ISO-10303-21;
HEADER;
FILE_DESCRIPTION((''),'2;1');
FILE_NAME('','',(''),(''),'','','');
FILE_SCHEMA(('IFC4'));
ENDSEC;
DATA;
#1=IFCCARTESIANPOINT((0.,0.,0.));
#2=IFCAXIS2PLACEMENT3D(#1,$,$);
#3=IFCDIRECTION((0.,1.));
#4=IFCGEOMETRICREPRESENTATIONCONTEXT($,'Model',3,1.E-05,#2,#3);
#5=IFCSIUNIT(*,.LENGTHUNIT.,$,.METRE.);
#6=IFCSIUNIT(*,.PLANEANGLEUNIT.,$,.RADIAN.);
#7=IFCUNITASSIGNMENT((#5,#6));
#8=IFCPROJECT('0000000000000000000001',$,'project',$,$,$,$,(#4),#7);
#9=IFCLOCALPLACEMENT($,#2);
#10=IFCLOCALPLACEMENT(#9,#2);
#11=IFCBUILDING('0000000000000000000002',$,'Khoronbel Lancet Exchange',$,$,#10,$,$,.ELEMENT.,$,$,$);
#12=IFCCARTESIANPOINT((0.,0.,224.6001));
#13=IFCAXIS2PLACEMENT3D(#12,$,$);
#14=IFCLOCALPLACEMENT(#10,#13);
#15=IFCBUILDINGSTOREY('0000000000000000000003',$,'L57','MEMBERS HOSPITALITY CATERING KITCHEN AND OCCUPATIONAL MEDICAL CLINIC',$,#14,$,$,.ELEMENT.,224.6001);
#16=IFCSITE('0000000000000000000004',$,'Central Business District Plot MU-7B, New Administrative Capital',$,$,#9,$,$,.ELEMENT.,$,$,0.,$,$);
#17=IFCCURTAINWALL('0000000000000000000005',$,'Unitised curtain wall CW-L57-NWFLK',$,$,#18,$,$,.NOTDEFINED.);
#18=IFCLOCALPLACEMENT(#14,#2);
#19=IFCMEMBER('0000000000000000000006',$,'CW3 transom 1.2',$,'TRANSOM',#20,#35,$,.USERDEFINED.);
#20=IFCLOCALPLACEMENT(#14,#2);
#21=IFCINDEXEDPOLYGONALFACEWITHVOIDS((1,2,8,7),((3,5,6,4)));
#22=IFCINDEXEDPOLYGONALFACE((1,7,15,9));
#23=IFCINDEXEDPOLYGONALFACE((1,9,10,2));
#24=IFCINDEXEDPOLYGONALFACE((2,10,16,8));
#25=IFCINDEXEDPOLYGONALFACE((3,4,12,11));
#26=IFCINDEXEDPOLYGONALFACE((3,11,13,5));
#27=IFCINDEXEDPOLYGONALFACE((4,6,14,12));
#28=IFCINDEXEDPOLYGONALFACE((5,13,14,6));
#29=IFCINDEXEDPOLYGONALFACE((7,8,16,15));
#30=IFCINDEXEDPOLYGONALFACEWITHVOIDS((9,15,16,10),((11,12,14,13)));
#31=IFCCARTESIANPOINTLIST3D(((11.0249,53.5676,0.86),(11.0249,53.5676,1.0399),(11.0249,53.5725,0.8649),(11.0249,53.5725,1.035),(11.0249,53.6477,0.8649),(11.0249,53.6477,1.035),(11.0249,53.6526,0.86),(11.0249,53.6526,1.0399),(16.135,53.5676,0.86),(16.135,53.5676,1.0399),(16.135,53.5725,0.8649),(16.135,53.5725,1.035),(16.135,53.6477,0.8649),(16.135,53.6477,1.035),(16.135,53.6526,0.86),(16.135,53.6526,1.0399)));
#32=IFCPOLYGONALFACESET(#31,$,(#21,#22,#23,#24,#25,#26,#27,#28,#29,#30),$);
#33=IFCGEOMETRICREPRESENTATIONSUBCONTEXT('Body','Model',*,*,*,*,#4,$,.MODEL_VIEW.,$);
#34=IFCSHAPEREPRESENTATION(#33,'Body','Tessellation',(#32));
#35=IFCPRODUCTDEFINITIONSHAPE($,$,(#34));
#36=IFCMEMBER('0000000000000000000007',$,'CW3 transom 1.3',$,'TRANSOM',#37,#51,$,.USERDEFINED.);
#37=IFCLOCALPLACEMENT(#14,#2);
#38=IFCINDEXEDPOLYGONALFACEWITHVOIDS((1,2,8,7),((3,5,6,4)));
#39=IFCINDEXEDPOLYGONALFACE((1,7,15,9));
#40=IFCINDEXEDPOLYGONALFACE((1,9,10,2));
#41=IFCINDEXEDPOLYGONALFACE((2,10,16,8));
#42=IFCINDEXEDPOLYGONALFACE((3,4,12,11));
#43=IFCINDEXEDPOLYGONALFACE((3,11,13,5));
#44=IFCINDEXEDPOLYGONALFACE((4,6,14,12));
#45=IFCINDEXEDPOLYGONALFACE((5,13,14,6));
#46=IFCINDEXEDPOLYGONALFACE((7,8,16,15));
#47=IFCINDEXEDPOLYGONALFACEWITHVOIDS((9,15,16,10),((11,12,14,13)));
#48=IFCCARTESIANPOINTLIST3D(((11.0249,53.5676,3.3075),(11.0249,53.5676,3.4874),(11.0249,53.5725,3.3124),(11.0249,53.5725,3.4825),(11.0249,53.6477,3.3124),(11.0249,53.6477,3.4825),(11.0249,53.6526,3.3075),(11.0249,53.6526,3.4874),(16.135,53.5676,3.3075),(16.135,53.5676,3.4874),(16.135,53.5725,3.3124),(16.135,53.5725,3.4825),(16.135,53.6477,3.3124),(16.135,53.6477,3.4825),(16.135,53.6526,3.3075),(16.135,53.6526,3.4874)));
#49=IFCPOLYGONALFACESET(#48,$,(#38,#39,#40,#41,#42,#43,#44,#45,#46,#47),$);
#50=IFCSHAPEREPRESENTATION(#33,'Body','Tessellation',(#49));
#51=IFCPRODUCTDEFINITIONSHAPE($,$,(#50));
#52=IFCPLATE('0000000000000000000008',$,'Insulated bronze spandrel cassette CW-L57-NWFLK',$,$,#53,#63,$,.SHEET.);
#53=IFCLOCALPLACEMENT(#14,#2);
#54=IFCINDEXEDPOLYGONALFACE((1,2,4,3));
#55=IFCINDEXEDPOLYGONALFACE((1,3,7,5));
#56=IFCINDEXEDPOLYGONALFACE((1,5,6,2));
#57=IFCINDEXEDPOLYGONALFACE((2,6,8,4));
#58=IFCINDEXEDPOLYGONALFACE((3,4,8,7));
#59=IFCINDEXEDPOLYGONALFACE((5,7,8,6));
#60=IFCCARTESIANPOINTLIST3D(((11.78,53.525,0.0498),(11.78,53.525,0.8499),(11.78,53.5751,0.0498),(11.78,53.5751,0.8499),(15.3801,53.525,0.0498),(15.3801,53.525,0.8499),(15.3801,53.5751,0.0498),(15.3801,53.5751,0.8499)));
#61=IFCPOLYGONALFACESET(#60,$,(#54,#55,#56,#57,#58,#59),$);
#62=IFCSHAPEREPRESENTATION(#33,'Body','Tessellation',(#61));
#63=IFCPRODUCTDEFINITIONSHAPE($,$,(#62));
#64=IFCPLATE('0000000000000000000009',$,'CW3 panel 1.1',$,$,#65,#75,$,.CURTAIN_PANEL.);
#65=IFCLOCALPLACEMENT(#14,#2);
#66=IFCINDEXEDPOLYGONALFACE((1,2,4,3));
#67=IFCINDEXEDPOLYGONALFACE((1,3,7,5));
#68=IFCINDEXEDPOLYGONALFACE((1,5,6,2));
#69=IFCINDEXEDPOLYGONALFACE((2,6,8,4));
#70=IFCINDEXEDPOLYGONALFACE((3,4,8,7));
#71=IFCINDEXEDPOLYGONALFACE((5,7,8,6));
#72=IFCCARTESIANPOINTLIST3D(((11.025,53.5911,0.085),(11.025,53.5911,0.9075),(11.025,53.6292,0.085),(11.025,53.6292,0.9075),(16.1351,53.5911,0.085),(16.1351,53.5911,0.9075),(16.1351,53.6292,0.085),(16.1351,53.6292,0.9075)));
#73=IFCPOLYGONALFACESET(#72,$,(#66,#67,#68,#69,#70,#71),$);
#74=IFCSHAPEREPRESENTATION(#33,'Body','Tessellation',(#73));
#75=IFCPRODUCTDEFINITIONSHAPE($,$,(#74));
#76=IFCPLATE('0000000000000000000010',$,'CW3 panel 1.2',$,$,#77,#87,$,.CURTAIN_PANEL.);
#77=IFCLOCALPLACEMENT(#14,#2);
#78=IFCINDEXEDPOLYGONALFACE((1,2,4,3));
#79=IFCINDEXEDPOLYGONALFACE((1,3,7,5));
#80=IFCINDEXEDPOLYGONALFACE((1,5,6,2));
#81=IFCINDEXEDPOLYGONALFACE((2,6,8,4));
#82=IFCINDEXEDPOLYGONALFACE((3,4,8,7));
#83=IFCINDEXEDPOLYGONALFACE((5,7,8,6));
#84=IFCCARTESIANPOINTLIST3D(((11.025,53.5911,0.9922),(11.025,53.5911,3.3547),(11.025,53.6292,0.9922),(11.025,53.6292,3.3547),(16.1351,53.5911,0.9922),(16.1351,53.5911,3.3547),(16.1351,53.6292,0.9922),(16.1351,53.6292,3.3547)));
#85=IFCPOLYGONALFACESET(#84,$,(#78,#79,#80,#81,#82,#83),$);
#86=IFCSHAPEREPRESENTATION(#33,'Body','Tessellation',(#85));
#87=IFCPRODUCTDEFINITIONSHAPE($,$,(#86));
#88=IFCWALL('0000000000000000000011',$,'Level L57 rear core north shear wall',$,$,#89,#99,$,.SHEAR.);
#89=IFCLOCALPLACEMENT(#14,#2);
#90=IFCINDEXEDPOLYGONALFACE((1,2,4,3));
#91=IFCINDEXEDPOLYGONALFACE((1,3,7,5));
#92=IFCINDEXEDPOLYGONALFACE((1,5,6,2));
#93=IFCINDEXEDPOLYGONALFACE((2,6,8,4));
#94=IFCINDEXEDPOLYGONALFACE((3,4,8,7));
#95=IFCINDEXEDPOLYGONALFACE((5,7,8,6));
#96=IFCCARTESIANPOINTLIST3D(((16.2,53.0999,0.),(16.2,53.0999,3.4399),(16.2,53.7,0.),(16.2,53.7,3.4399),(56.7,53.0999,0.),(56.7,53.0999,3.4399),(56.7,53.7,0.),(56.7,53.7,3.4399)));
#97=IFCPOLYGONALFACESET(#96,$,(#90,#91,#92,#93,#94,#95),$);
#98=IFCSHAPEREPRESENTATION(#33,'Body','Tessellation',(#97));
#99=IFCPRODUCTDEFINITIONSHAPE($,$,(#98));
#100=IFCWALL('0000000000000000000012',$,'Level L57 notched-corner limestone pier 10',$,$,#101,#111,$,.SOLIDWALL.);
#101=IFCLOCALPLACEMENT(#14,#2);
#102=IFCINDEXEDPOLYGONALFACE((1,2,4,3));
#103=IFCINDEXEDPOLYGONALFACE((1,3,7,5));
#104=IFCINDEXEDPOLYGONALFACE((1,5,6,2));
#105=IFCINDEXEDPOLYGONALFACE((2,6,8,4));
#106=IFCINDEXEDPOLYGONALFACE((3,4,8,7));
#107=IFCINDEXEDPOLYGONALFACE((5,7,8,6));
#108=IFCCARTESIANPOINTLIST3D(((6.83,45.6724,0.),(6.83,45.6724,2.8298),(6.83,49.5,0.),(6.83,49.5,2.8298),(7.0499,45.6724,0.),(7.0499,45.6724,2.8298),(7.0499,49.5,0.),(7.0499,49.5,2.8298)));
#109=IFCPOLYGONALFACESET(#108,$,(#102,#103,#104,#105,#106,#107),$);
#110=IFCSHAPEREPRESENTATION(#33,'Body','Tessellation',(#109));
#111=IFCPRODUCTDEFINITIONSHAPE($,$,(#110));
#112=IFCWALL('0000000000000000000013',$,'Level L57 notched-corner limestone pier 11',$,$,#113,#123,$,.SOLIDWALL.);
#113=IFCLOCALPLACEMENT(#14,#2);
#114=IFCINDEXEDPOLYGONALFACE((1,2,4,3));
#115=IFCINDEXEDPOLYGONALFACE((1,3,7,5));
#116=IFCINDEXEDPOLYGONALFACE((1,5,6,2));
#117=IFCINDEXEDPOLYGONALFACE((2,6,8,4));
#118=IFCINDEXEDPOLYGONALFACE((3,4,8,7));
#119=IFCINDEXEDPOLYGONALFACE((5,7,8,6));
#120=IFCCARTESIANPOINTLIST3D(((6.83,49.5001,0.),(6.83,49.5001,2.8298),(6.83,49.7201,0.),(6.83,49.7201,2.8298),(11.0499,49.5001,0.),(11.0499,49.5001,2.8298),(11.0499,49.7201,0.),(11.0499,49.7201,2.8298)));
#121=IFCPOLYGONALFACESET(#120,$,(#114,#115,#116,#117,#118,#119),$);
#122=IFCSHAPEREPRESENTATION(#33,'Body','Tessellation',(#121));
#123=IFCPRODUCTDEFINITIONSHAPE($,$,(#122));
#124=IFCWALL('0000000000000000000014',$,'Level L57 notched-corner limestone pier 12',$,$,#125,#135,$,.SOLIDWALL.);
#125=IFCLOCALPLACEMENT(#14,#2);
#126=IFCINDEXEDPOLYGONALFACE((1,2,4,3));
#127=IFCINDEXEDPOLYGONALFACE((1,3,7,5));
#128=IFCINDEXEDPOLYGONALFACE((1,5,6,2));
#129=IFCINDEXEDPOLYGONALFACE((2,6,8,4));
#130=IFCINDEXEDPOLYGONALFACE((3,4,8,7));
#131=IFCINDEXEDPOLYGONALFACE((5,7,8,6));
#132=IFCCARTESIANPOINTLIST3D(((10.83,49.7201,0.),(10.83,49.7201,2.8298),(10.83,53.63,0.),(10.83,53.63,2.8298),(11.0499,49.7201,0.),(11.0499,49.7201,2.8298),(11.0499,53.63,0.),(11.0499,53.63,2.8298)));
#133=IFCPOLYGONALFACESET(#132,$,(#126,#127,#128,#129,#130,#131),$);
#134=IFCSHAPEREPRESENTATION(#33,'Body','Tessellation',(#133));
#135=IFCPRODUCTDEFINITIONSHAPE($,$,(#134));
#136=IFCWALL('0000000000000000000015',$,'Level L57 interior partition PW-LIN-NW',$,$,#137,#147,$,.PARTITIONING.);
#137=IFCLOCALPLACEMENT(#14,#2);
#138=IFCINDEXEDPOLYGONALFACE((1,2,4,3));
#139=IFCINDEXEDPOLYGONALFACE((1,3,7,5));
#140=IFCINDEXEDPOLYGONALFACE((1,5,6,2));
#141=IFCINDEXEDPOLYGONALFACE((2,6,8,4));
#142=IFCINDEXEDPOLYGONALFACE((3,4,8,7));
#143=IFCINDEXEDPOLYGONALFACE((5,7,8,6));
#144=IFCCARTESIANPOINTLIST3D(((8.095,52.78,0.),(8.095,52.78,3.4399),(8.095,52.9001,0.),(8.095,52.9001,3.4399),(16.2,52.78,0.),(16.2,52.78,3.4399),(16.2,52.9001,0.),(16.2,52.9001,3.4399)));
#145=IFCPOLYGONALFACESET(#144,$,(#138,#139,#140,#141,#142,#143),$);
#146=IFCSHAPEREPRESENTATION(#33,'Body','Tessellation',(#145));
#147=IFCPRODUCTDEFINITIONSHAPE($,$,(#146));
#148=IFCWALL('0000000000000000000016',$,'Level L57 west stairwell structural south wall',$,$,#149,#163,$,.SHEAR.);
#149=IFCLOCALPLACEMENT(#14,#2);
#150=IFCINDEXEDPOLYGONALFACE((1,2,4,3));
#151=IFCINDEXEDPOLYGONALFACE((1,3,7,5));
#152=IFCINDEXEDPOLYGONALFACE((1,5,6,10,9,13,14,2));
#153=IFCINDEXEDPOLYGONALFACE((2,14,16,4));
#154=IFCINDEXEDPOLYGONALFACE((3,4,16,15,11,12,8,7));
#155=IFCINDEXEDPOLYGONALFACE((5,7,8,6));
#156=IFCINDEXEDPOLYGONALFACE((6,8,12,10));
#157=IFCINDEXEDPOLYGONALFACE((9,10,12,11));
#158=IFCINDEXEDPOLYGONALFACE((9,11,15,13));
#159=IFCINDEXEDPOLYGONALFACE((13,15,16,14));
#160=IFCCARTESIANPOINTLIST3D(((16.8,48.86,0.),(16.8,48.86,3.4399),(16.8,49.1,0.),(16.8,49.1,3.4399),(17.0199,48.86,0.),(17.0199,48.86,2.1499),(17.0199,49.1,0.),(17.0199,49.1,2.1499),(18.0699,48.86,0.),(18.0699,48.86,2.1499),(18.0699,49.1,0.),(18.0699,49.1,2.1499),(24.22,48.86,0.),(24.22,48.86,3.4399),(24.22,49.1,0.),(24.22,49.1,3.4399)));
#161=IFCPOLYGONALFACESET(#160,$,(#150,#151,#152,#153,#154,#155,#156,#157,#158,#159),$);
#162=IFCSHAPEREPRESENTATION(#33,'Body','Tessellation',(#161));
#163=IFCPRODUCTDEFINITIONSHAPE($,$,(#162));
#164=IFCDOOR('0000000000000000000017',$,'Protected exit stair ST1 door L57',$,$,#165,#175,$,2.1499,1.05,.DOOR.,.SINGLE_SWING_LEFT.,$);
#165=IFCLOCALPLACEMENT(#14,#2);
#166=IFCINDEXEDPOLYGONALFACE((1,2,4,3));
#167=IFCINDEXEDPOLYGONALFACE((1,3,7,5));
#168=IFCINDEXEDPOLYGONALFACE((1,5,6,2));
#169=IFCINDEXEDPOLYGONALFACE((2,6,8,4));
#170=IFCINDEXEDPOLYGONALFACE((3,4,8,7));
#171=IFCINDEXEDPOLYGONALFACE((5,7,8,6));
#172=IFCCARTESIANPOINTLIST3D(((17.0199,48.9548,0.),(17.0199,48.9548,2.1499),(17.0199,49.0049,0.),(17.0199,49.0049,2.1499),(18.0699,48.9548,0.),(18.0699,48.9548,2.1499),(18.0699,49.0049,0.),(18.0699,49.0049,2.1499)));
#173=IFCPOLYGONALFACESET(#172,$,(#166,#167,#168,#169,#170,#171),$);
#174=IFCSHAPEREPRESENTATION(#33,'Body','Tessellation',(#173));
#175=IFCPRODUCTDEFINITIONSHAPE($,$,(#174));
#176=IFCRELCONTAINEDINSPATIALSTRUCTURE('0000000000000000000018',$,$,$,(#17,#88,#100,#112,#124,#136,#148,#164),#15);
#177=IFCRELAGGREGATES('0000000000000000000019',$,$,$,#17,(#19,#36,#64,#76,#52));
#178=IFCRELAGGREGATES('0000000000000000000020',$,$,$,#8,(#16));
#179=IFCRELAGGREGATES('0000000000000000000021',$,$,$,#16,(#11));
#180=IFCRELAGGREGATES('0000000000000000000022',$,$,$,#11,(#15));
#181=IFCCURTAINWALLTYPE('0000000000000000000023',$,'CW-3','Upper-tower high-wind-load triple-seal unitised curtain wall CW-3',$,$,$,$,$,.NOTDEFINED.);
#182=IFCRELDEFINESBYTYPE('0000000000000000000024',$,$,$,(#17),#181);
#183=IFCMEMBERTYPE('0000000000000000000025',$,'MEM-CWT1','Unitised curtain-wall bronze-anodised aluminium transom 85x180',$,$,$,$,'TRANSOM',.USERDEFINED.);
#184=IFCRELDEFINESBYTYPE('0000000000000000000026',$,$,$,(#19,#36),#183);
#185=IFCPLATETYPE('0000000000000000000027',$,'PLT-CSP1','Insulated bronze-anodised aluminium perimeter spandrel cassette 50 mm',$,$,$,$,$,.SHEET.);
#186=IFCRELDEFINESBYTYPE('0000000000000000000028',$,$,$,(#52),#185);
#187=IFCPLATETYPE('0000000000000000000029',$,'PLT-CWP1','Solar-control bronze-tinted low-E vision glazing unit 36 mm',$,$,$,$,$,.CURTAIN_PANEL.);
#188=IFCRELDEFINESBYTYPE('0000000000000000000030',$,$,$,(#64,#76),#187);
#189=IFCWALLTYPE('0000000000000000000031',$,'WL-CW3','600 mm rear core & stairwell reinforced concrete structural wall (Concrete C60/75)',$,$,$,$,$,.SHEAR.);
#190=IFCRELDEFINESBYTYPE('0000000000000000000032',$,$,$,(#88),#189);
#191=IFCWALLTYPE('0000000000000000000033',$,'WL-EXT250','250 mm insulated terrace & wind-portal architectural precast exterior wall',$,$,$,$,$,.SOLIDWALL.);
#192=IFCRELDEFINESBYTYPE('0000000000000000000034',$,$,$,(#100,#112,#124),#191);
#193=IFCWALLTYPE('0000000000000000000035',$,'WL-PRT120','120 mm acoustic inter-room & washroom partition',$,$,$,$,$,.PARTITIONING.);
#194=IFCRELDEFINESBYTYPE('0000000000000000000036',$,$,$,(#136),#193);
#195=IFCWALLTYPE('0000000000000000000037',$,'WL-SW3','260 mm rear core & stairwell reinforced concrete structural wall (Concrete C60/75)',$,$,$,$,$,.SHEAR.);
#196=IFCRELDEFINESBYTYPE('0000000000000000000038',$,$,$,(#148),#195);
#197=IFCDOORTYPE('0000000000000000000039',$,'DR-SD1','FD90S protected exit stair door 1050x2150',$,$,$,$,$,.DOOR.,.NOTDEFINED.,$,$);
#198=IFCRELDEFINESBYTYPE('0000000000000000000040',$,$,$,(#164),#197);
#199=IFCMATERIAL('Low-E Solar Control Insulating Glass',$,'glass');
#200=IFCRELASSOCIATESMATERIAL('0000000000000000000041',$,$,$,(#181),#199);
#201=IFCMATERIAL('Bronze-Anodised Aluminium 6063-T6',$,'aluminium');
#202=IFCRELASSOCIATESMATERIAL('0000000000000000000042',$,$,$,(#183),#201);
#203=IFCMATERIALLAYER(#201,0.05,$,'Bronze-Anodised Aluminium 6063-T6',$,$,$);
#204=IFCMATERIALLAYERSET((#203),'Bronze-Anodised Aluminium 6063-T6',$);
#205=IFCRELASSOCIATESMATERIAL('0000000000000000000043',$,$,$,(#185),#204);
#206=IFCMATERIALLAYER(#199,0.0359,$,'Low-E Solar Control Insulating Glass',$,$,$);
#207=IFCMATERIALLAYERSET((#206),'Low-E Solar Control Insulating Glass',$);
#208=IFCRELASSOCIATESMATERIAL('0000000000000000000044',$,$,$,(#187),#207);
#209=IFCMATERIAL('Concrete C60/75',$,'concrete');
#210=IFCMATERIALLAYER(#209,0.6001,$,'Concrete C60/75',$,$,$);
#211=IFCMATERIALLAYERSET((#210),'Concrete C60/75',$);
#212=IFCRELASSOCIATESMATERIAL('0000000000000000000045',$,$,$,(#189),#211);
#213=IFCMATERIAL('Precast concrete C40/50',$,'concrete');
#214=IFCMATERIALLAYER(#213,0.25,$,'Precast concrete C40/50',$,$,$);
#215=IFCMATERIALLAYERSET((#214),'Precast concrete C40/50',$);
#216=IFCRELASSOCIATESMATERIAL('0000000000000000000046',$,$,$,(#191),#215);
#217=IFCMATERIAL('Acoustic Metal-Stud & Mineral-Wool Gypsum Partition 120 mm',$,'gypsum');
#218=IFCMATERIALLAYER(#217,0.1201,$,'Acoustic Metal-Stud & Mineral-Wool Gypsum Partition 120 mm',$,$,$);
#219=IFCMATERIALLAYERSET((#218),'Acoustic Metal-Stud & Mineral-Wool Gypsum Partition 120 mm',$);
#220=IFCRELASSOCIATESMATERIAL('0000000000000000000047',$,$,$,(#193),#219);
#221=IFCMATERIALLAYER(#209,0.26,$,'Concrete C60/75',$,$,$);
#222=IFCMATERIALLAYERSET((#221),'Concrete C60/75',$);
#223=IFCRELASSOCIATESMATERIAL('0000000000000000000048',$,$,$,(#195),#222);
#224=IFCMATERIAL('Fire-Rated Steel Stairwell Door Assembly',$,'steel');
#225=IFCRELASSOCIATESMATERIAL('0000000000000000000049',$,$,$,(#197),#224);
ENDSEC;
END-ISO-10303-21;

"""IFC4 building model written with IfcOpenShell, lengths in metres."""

from ifc_helpers import new_model, si_unit, direction, frame, frame_2d, origin, origin_2d, place, context, subcontext, project, spatial, rectangle, hollow_rectangle, extrude, material, layer, layer_set, material_profile, profile_set, type_object, element, fill, aggregate, save


model = new_model("IFC4")

# Units and contexts
model_context = context("Model", 3, precision=1e-05, world=origin(), true_north=direction((0.0, 1.0)))
body_context = subcontext(model_context, "Body", "Model", "MODEL_VIEW")
ifc_project = project(units=[si_unit("LENGTHUNIT", "METRE"), si_unit("PLANEANGLEUNIT", "RADIAN")], contexts=[model_context])

# Site, building, storey
site_placement = place(None, origin())
site = spatial("IfcSite", under=ifc_project, at=site_placement, Name="Central Business District Plot MU-7B, New Administrative Capital", CompositionType="ELEMENT", RefElevation=0.0)
building_placement = place(site_placement, origin())
building = spatial("IfcBuilding", under=site, at=building_placement, Name="Khoronbel Lancet Exchange", CompositionType="ELEMENT")
storey_placement = place(building_placement, frame((0.0, 0.0, 224.6001)))
storey = spatial("IfcBuildingStorey", under=building, at=storey_placement, Name="L57", Description="MEMBERS HOSPITALITY CATERING KITCHEN AND OCCUPATIONAL MEDICAL CLINIC", CompositionType="ELEMENT", Elevation=224.6001)

# Curtain wall, members, plates
ifc_material_1 = material(Name="Low-E Solar Control Insulating Glass", Category="glass")
curtain_wall_type = type_object("IfcCurtainWallType", Name="CW-3", Description="Upper-tower high-wind-load triple-seal unitised curtain wall CW-3", PredefinedType="NOTDEFINED", material=ifc_material_1)
curtain_wall_placement = place(storey_placement, origin())
curtain_wall = element("IfcCurtainWall", 1, at=curtain_wall_placement, inside=storey, type_object=curtain_wall_type, Name="Unitised curtain wall CW-L57-NWFLK", PredefinedType="NOTDEFINED")
ifc_material_2 = material(Name="Bronze-Anodised Aluminium 6063-T6", Category="aluminium")
ifc_material_profile_1 = material_profile(ifc_material_2, hollow_rectangle(XDim=0.085, YDim=0.1799, WallThickness=0.0049, at=origin_2d()), Name="ALU TRANSOM 85x180")
ifc_profile_set_1 = profile_set([ifc_material_profile_1], Name="Bronze-Anodised Aluminium 6063-T6")
member_type_1 = type_object("IfcMemberType", Name="MEM-CWT1", Description="Unitised curtain-wall bronze-anodised aluminium transom 85x180", ElementType="TRANSOM", PredefinedType="USERDEFINED", material=ifc_profile_set_1)
member_1_placement = place(storey_placement, frame((16.135, 53.6101, 0.95), z_axis=(-1.0, 0.0, 0.0), x_axis=(0.0, -1.0, 0.0)))
member_1 = element("IfcMember", 2, at=member_1_placement, type_object=member_type_1, Name="CW3 transom 1.2", ObjectType="TRANSOM", PredefinedType="USERDEFINED", context=body_context, shape_type="SweptSolid", body=[
    extrude(hollow_rectangle(XDim=0.085, YDim=0.1799, WallThickness=0.0049, at=origin_2d()), origin(), (0.0, 0.0, 1.0), 5.1101),
])
member_2_placement = place(storey_placement, frame((16.135, 53.6101, 3.3975), z_axis=(-1.0, 0.0, 0.0), x_axis=(0.0, -1.0, 0.0)))
member_2 = element("IfcMember", 3, at=member_2_placement, type_object=member_type_1, Name="CW3 transom 1.3", ObjectType="TRANSOM", PredefinedType="USERDEFINED", context=body_context, shape_type="SweptSolid", body=[
    extrude(hollow_rectangle(XDim=0.085, YDim=0.1799, WallThickness=0.0049, at=origin_2d()), origin(), (0.0, 0.0, 1.0), 5.1101),
])
ifc_layer_1 = layer(ifc_material_2, 0.05, Name="Bronze-Anodised Aluminium 6063-T6")
ifc_layer_set_1 = layer_set([ifc_layer_1], Name="Bronze-Anodised Aluminium 6063-T6")
plate_type_1 = type_object("IfcPlateType", Name="PLT-CSP1", Description="Insulated bronze-anodised aluminium perimeter spandrel cassette 50 mm", PredefinedType="SHEET", material=ifc_layer_set_1)
plate_1_placement = place(storey_placement, frame((13.5801, 53.55, 0.0498), z_axis=(0.0, 0.0, 1.0), x_axis=(-1.0, 0.0, 0.0)))
plate_1 = element("IfcPlate", 4, at=plate_1_placement, type_object=plate_type_1, Name="Insulated bronze spandrel cassette CW-L57-NWFLK", PredefinedType="SHEET", context=body_context, shape_type="SweptSolid", body=[
    extrude(rectangle(XDim=3.6001, YDim=0.05, at=origin_2d()), origin(), (0.0, 0.0, 1.0), 0.8),
])
ifc_layer_2 = layer(ifc_material_1, 0.0359, Name="Low-E Solar Control Insulating Glass")
ifc_layer_set_2 = layer_set([ifc_layer_2], Name="Low-E Solar Control Insulating Glass")
plate_type_2 = type_object("IfcPlateType", Name="PLT-CWP1", Description="Solar-control bronze-tinted low-E vision glazing unit 36 mm", PredefinedType="CURTAIN_PANEL", material=ifc_layer_set_2)
plate_2_placement = place(storey_placement, frame((13.5801, 53.6101, 0.085), z_axis=(0.0, 0.0, 1.0), x_axis=(-1.0, 0.0, 0.0)))
plate_2 = element("IfcPlate", 5, at=plate_2_placement, type_object=plate_type_2, Name="CW3 panel 1.1", PredefinedType="CURTAIN_PANEL", context=body_context, shape_type="SweptSolid", body=[
    extrude(rectangle(XDim=5.1101, YDim=0.0381, at=origin_2d()), origin(), (0.0, 0.0, 1.0), 0.8225),
])
plate_3_placement = place(storey_placement, frame((13.5801, 53.6101, 0.9922), z_axis=(0.0, 0.0, 1.0), x_axis=(-1.0, 0.0, 0.0)))
plate_3 = element("IfcPlate", 6, at=plate_3_placement, type_object=plate_type_2, Name="CW3 panel 1.2", PredefinedType="CURTAIN_PANEL", context=body_context, shape_type="SweptSolid", body=[
    extrude(rectangle(XDim=5.1101, YDim=0.0381, at=origin_2d()), origin(), (0.0, 0.0, 1.0), 2.3625),
])
aggregate(curtain_wall, [member_1, member_2, plate_2, plate_3, plate_1])

# Walls
ifc_material_3 = material(Name="Concrete C60/75", Category="concrete")
ifc_layer_3 = layer(ifc_material_3, 0.6001, Name="Concrete C60/75")
ifc_layer_set_3 = layer_set([ifc_layer_3], Name="Concrete C60/75")
wall_type_1 = type_object("IfcWallType", Name="WL-CW3", Description="600 mm rear core & stairwell reinforced concrete structural wall (Concrete C60/75)", PredefinedType="SHEAR", material=ifc_layer_set_3)
wall_1_placement = place(storey_placement, frame((16.2, 53.3999, 0.0), z_axis=(0.0, 0.0, 1.0), x_axis=(1.0, 0.0, 0.0)))
element("IfcWall", 7, at=wall_1_placement, inside=storey, type_object=wall_type_1, Name="Level L57 rear core north shear wall", PredefinedType="SHEAR", context=body_context, shape_type="SweptSolid", body=[
    extrude(rectangle(XDim=40.5, YDim=0.6001, at=frame_2d((20.25, 0.0))), origin(), (0.0, 0.0, 1.0), 3.4399),
])
ifc_material_4 = material(Name="Precast concrete C40/50", Category="concrete")
ifc_layer_4 = layer(ifc_material_4, 0.25, Name="Precast concrete C40/50")
ifc_layer_set_4 = layer_set([ifc_layer_4], Name="Precast concrete C40/50")
wall_type_2 = type_object("IfcWallType", Name="WL-EXT250", Description="250 mm insulated terrace & wind-portal architectural precast exterior wall", PredefinedType="SOLIDWALL", material=ifc_layer_set_4)
wall_2_placement = place(storey_placement, frame((6.9399, 45.6724, 0.0), z_axis=(0.0, 0.0, 1.0), x_axis=(0.0, 1.0, 0.0)))
element("IfcWall", 8, at=wall_2_placement, inside=storey, type_object=wall_type_2, Name="Level L57 notched-corner limestone pier 10", PredefinedType="SOLIDWALL", context=body_context, shape_type="SweptSolid", body=[
    extrude(rectangle(XDim=3.8276, YDim=0.22, at=frame_2d((1.9138, 0.0))), origin(), (0.0, 0.0, 1.0), 2.8298),
])
wall_3_placement = place(storey_placement, frame((6.8301, 49.6101, 0.0), z_axis=(0.0, 0.0, 1.0), x_axis=(1.0, 0.0, 0.0)))
element("IfcWall", 9, at=wall_3_placement, inside=storey, type_object=wall_type_2, Name="Level L57 notched-corner limestone pier 11", PredefinedType="SOLIDWALL", context=body_context, shape_type="SweptSolid", body=[
    extrude(rectangle(XDim=4.22, YDim=0.22, at=frame_2d((2.1099, 0.0))), origin(), (0.0, 0.0, 1.0), 2.8298),
])
wall_4_placement = place(storey_placement, frame((10.9399, 49.72, 0.0), z_axis=(0.0, 0.0, 1.0), x_axis=(0.0, 1.0, 0.0)))
element("IfcWall", 10, at=wall_4_placement, inside=storey, type_object=wall_type_2, Name="Level L57 notched-corner limestone pier 12", PredefinedType="SOLIDWALL", context=body_context, shape_type="SweptSolid", body=[
    extrude(rectangle(XDim=3.9099, YDim=0.22, at=frame_2d((1.9551, 0.0))), origin(), (0.0, 0.0, 1.0), 2.8298),
])
ifc_material_5 = material(Name="Acoustic Metal-Stud & Mineral-Wool Gypsum Partition 120 mm", Category="gypsum")
ifc_layer_5 = layer(ifc_material_5, 0.1201, Name="Acoustic Metal-Stud & Mineral-Wool Gypsum Partition 120 mm")
ifc_layer_set_5 = layer_set([ifc_layer_5], Name="Acoustic Metal-Stud & Mineral-Wool Gypsum Partition 120 mm")
wall_type_3 = type_object("IfcWallType", Name="WL-PRT120", Description="120 mm acoustic inter-room & washroom partition", PredefinedType="PARTITIONING", material=ifc_layer_set_5)
wall_5_placement = place(storey_placement, frame((8.095, 52.8401, 0.0), z_axis=(0.0, 0.0, 1.0), x_axis=(1.0, 0.0, 0.0)))
element("IfcWall", 11, at=wall_5_placement, inside=storey, type_object=wall_type_3, Name="Level L57 interior partition PW-LIN-NW", PredefinedType="PARTITIONING", context=body_context, shape_type="SweptSolid", body=[
    extrude(rectangle(XDim=8.105, YDim=0.1201, at=frame_2d((4.0525, 0.0))), origin(), (0.0, 0.0, 1.0), 3.4399),
])

# Wall, opening, door
ifc_layer_6 = layer(ifc_material_3, 0.26, Name="Concrete C60/75")
ifc_layer_set_6 = layer_set([ifc_layer_6], Name="Concrete C60/75")
wall_type_4 = type_object("IfcWallType", Name="WL-SW3", Description="260 mm rear core & stairwell reinforced concrete structural wall (Concrete C60/75)", PredefinedType="SHEAR", material=ifc_layer_set_6)
wall_6_placement = place(storey_placement, frame((16.8, 48.98, 0.0), z_axis=(0.0, 0.0, 1.0), x_axis=(1.0, 0.0, 0.0)))
wall_6 = element("IfcWall", 12, at=wall_6_placement, inside=storey, type_object=wall_type_4, Name="Level L57 west stairwell structural south wall", PredefinedType="SHEAR", context=body_context, shape_type="SweptSolid", body=[
    extrude(rectangle(XDim=7.4199, YDim=0.24, at=frame_2d((3.71, 0.0))), origin(), (0.0, 0.0, 1.0), 3.4399),
])
opening_placement = place(wall_6_placement, frame((0.22, 0.0, 0.0)))
opening = element("IfcOpeningElement", 13, at=opening_placement, cuts=wall_6, PredefinedType="OPENING", context=body_context, shape_type="SweptSolid", body=[
    extrude(rectangle(XDim=1.05, YDim=2.1499, at=frame_2d((0.5249, 1.075))), frame((0.0, 0.1299, 0.0), z_axis=(0.0, -1.0, 0.0), x_axis=(1.0, 0.0, 0.0)), (0.0, 0.0, 1.0), 0.26),
])
ifc_material_6 = material(Name="Fire-Rated Steel Stairwell Door Assembly", Category="steel")
door_type = type_object("IfcDoorType", Name="DR-SD1", Description="FD90S protected exit stair door 1050x2150", OperationType="NOTDEFINED", PredefinedType="DOOR", material=ifc_material_6)
door_placement = place(opening_placement, origin())
door = element("IfcDoor", 14, at=door_placement, inside=storey, type_object=door_type, Name="Protected exit stair ST1 door L57", OperationType="SINGLE_SWING_LEFT", OverallHeight=2.1499, OverallWidth=1.05, PredefinedType="DOOR", context=body_context, shape_type="SweptSolid", body=[
    extrude(rectangle(XDim=1.05, YDim=2.1499, at=frame_2d((0.5249, 1.075))), frame((0.0, 0.0249, 0.0), z_axis=(0.0, -1.0, 0.0), x_axis=(1.0, 0.0, 0.0)), (0.0, 0.0, 1.0), 0.05),
])
fill(opening, door)

save(model, "model.ifc")
